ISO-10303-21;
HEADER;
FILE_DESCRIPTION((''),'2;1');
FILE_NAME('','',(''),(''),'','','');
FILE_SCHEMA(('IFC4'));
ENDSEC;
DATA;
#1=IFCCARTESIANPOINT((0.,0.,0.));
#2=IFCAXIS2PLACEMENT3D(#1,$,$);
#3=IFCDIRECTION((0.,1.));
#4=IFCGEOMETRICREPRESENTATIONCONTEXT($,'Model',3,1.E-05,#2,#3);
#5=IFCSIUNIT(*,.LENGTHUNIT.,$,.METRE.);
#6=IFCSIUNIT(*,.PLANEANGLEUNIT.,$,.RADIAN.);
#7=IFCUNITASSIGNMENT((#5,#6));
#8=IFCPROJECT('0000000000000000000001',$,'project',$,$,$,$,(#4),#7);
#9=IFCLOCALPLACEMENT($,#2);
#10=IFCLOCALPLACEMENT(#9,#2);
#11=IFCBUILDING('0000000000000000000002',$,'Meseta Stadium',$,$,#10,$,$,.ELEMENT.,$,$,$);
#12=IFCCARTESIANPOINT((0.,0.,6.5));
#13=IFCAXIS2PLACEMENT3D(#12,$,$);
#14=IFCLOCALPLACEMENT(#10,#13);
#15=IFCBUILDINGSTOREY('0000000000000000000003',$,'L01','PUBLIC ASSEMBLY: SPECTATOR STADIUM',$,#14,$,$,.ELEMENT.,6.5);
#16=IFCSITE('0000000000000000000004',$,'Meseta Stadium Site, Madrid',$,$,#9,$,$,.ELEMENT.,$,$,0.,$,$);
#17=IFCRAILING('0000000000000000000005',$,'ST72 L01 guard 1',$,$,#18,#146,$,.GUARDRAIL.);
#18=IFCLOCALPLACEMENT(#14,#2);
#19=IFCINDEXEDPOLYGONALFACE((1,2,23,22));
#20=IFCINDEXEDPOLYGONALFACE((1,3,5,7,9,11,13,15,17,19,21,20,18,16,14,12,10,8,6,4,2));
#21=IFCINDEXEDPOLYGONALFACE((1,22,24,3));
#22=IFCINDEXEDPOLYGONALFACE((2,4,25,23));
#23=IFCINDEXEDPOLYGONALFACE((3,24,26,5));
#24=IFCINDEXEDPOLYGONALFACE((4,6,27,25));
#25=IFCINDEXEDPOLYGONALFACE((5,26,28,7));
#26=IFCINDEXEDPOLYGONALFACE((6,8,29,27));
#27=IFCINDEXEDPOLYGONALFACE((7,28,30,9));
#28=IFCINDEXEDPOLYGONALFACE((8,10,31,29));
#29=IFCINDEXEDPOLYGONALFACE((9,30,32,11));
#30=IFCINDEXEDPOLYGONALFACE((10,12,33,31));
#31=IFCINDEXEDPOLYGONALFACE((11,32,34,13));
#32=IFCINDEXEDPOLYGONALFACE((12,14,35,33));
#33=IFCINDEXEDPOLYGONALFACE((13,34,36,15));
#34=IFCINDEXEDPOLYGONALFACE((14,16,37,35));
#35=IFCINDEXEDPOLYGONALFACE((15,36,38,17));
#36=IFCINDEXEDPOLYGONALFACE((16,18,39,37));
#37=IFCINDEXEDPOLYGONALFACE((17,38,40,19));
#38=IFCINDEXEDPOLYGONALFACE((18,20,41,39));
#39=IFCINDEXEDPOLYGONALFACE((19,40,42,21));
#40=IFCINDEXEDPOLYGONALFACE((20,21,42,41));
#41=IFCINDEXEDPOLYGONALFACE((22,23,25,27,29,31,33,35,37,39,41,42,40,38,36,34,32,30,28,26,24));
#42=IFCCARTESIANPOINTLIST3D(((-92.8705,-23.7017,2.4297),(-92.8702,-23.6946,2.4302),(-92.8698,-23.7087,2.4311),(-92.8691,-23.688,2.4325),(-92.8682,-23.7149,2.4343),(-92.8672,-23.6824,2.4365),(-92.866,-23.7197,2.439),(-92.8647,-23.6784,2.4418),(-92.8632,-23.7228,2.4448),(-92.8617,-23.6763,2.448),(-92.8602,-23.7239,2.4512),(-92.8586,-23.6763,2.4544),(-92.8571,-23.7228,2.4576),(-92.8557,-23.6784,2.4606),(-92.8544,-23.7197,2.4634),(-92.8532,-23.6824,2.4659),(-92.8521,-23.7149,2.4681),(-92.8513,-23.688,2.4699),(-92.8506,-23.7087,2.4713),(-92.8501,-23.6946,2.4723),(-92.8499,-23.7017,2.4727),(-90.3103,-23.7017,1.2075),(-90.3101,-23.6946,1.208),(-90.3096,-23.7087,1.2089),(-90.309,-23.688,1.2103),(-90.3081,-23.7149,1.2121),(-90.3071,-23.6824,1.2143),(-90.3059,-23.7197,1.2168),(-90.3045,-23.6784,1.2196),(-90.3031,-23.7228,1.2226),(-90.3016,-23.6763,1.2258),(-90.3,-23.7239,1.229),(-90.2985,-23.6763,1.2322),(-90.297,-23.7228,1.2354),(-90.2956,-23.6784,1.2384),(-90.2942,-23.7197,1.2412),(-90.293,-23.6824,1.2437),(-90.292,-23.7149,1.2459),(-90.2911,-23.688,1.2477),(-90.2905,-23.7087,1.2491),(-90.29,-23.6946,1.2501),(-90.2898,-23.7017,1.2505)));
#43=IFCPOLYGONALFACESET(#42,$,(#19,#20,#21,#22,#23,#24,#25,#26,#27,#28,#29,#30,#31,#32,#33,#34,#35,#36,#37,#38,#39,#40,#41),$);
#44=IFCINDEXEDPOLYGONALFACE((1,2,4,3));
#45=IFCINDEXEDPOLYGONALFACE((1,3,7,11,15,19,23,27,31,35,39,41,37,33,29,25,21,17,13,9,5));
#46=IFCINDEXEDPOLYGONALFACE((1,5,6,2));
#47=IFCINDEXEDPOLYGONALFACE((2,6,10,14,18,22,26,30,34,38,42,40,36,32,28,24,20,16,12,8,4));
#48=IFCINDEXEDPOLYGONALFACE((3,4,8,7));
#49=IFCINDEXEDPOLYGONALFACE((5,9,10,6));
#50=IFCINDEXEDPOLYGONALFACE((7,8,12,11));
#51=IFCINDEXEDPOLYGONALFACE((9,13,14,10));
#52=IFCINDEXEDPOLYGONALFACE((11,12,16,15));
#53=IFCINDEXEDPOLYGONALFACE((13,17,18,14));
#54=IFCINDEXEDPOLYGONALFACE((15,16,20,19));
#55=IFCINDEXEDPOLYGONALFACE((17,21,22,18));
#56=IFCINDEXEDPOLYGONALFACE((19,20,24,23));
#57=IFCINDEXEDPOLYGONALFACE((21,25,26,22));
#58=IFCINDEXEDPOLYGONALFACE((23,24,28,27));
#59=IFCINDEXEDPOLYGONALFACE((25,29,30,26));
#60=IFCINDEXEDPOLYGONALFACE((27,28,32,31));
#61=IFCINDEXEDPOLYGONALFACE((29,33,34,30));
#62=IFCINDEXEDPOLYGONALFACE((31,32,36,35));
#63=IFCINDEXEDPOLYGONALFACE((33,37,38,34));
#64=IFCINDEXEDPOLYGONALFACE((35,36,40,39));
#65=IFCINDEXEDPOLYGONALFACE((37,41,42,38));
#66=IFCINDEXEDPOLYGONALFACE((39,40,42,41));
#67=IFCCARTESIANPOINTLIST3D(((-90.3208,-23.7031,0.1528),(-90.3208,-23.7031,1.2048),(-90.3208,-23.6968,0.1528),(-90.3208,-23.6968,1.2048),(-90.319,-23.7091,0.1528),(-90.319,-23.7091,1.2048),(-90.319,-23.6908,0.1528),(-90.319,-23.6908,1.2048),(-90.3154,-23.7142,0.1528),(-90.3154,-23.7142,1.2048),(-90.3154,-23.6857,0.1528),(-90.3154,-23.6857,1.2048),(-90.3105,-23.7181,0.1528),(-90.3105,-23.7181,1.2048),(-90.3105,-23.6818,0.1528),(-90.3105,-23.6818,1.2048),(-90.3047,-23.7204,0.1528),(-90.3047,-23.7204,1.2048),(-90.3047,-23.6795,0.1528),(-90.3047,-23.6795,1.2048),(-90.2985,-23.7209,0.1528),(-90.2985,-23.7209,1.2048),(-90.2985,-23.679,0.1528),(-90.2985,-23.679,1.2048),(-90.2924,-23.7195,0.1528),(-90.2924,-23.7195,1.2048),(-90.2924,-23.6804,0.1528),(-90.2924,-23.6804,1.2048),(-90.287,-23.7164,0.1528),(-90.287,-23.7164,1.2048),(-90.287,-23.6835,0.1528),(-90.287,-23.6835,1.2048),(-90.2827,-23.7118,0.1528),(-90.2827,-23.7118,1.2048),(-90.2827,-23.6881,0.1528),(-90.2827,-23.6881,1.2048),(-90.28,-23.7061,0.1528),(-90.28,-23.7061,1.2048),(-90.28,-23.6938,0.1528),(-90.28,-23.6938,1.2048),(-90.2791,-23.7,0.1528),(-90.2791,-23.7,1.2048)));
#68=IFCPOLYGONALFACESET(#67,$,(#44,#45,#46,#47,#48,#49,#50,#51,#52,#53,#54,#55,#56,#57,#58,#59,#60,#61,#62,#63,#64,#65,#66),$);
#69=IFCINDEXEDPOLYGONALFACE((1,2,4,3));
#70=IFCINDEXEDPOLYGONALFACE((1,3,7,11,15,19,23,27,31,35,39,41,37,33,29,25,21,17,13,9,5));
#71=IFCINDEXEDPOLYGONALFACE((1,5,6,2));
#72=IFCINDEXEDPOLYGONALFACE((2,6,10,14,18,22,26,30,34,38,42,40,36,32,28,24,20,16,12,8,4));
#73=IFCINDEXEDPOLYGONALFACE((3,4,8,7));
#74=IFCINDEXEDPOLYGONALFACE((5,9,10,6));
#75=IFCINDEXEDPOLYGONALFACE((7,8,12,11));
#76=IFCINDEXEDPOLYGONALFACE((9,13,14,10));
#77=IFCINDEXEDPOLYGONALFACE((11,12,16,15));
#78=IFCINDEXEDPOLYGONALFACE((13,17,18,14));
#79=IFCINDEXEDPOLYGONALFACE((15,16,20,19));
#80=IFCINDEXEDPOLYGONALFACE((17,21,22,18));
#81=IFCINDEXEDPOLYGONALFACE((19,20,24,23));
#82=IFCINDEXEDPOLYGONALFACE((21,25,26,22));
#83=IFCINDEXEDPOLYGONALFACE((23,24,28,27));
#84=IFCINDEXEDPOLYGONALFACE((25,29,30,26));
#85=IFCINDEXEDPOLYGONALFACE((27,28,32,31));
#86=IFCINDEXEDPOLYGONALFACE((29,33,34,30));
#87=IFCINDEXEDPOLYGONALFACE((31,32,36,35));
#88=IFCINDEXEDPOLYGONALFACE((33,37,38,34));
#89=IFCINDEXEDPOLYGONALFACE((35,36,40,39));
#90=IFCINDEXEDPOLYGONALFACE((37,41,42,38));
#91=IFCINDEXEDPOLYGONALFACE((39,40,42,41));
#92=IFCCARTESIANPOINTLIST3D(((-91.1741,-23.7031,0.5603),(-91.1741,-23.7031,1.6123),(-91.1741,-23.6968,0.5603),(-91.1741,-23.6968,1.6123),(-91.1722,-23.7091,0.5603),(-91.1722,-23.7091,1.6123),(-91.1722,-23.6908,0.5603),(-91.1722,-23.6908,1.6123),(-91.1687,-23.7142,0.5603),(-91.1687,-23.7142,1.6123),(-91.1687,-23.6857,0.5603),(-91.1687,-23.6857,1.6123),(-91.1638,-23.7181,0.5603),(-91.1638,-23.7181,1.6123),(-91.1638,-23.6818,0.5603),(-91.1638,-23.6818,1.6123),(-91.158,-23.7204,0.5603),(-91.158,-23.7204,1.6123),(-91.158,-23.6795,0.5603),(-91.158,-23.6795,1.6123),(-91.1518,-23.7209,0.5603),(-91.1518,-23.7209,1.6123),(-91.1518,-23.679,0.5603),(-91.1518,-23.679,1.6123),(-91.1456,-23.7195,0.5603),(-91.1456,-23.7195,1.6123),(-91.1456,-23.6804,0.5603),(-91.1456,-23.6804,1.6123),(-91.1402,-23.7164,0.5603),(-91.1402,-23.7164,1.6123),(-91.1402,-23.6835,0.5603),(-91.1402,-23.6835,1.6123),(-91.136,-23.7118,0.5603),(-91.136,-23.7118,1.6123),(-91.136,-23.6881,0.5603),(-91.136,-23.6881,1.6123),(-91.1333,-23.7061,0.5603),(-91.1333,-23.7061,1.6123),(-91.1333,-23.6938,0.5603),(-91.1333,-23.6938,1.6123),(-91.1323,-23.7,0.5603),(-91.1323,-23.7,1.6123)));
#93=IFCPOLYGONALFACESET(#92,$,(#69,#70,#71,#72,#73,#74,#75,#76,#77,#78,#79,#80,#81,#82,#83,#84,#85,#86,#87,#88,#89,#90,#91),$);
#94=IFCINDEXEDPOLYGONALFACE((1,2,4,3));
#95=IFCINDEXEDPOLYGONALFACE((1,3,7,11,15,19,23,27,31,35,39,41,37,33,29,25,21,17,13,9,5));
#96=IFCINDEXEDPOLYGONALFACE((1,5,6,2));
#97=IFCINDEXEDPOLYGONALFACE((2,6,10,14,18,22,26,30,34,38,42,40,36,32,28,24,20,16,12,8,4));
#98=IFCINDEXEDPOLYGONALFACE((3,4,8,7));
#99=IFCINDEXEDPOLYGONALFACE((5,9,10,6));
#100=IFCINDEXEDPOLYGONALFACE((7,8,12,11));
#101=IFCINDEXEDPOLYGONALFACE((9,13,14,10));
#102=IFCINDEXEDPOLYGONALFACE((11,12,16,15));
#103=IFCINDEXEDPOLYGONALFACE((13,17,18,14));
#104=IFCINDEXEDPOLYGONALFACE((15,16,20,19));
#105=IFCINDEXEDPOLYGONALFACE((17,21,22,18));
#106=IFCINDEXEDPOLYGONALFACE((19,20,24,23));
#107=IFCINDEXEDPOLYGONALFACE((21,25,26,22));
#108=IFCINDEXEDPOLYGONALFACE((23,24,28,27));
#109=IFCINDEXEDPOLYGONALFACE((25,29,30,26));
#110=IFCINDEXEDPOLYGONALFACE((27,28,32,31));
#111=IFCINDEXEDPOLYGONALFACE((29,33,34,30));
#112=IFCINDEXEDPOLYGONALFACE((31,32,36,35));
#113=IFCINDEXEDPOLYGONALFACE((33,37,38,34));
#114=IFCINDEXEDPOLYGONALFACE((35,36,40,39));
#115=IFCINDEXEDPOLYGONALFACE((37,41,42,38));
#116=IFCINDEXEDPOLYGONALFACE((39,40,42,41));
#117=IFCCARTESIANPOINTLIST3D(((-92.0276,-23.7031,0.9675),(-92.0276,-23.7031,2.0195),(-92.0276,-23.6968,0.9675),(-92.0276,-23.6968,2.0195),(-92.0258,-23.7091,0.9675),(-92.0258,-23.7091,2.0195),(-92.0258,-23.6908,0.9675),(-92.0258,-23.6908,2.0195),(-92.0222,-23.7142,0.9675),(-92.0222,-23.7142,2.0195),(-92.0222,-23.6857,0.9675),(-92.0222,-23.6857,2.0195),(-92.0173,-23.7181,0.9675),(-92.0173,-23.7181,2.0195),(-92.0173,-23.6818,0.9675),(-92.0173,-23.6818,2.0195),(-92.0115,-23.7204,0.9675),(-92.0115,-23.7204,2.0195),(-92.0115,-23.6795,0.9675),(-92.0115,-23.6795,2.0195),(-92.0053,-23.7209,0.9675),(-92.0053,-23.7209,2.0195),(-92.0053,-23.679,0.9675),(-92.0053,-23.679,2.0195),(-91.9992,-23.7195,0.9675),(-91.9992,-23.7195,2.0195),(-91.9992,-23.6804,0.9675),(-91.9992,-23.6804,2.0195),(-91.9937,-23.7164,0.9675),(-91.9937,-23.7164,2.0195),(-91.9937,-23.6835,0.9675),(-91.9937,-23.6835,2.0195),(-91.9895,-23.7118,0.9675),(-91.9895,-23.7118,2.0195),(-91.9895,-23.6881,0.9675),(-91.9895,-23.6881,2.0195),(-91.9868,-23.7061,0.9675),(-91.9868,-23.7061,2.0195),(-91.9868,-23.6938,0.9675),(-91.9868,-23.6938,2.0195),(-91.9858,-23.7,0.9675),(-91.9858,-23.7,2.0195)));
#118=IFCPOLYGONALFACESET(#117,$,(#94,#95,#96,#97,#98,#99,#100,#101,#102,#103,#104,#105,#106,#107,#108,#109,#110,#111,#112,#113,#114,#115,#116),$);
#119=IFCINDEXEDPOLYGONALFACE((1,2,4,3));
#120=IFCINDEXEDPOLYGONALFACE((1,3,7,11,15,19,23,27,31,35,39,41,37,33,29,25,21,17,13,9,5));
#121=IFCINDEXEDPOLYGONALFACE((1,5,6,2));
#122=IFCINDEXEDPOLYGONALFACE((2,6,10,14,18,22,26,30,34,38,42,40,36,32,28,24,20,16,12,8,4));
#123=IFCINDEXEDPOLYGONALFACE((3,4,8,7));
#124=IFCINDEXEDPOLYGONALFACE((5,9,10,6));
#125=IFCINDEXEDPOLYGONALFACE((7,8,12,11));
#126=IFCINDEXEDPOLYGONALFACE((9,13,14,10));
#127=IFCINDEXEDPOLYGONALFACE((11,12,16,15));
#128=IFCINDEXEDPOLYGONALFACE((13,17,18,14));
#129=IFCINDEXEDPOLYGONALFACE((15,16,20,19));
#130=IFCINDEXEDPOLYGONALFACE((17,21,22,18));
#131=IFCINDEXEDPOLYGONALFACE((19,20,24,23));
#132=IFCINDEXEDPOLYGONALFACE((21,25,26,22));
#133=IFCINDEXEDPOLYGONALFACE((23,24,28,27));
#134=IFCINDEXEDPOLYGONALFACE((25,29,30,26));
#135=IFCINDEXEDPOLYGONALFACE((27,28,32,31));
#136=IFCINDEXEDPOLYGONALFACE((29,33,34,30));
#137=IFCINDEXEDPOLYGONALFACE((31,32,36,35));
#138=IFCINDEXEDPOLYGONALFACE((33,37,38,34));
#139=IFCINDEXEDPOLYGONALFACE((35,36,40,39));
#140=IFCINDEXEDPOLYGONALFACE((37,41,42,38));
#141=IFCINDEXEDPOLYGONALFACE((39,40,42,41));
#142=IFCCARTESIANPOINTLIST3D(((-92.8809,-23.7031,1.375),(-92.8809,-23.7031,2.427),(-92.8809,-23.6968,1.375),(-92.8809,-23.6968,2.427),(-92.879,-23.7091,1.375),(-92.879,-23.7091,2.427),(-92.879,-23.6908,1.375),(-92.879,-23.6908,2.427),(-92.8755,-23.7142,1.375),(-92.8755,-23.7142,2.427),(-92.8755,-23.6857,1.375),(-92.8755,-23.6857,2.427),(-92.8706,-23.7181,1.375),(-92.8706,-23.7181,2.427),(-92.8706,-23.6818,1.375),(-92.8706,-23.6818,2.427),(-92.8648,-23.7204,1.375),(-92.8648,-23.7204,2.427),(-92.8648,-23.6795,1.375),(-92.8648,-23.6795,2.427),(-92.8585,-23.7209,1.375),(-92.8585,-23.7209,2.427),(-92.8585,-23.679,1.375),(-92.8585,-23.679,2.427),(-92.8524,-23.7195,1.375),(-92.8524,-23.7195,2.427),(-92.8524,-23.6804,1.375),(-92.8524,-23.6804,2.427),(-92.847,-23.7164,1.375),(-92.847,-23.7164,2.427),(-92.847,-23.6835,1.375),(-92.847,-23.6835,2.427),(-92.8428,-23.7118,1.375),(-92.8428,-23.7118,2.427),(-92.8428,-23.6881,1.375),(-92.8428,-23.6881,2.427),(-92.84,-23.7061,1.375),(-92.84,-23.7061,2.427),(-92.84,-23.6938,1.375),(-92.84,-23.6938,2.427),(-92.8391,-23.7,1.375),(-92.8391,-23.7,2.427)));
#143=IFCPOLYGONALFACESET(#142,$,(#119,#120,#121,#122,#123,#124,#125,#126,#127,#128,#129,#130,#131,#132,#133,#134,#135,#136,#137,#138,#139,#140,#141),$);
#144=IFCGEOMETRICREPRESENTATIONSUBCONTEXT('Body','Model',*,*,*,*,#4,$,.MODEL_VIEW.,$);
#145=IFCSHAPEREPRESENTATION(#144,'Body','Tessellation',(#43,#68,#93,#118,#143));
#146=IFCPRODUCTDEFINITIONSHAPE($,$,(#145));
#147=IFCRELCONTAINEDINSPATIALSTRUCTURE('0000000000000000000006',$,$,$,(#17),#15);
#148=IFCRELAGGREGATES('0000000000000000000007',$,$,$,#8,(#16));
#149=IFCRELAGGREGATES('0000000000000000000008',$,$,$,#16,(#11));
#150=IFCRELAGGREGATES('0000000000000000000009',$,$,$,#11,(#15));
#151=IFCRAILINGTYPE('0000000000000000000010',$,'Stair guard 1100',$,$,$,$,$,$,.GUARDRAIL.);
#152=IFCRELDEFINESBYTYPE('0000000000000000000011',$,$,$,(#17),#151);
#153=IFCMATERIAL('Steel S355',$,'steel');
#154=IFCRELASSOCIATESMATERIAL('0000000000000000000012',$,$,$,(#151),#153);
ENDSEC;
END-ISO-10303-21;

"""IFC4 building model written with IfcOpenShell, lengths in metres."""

from ifc_helpers import new_model, si_unit, direction, frame, origin, origin_2d, place, context, subcontext, project, spatial, circle, extrude, material, type_object, element, save


model = new_model("IFC4")

# Units and contexts
model_context = context("Model", 3, precision=1e-05, world=origin(), true_north=direction((0.0, 1.0)))
body_context = subcontext(model_context, "Body", "Model", "MODEL_VIEW")
ifc_project = project(units=[si_unit("LENGTHUNIT", "METRE"), si_unit("PLANEANGLEUNIT", "RADIAN")], contexts=[model_context])

# Site, building, storey
site_placement = place(None, origin())
site = spatial("IfcSite", under=ifc_project, at=site_placement, Name="Meseta Stadium Site, Madrid", CompositionType="ELEMENT", RefElevation=0.0)
building_placement = place(site_placement, origin())
building = spatial("IfcBuilding", under=site, at=building_placement, Name="Meseta Stadium", CompositionType="ELEMENT")
storey_placement = place(building_placement, frame((0.0, 0.0, 6.5)))
storey = spatial("IfcBuildingStorey", under=building, at=storey_placement, Name="L01", Description="PUBLIC ASSEMBLY: SPECTATOR STADIUM", CompositionType="ELEMENT", Elevation=6.5)

# Railing
ifc_material_1 = material(Name="Steel S355", Category="steel")
railing_type_1 = type_object("IfcRailingType", Name="Stair guard 1100", PredefinedType="GUARDRAIL", material=ifc_material_1)
railing_1_placement = place(storey_placement, frame((-90.3, -23.7, 0.1528)))
element("IfcRailing", 1, at=railing_1_placement, inside=storey, type_object=railing_type_1, Name="ST72 L01 guard 1", PredefinedType="GUARDRAIL", context=body_context, shape_type="SweptSolid", body=[
    extrude(circle(Radius=0.0239, at=origin_2d()), frame((0.0, 0.0, 1.0762), z_axis=(-0.902437, 0.0, 0.430822), x_axis=(0.0, -1.0, 0.0)), (0.0, 0.0, 1.0), 2.8369),
    extrude(circle(Radius=0.021, at=origin_2d()), origin(), (0.0, 0.0, 1.0), 1.052),
    extrude(circle(Radius=0.021, at=origin_2d()), frame((-0.8533, 0.0, 0.4075)), (0.0, 0.0, 1.0), 1.052),
    extrude(circle(Radius=0.021, at=origin_2d()), frame((-1.7068, 0.0, 0.8147)), (0.0, 0.0, 1.0), 1.052),
    extrude(circle(Radius=0.021, at=origin_2d()), frame((-2.5601, 0.0, 1.2222)), (0.0, 0.0, 1.0), 1.052),
])

save(model, "model.ifc")
